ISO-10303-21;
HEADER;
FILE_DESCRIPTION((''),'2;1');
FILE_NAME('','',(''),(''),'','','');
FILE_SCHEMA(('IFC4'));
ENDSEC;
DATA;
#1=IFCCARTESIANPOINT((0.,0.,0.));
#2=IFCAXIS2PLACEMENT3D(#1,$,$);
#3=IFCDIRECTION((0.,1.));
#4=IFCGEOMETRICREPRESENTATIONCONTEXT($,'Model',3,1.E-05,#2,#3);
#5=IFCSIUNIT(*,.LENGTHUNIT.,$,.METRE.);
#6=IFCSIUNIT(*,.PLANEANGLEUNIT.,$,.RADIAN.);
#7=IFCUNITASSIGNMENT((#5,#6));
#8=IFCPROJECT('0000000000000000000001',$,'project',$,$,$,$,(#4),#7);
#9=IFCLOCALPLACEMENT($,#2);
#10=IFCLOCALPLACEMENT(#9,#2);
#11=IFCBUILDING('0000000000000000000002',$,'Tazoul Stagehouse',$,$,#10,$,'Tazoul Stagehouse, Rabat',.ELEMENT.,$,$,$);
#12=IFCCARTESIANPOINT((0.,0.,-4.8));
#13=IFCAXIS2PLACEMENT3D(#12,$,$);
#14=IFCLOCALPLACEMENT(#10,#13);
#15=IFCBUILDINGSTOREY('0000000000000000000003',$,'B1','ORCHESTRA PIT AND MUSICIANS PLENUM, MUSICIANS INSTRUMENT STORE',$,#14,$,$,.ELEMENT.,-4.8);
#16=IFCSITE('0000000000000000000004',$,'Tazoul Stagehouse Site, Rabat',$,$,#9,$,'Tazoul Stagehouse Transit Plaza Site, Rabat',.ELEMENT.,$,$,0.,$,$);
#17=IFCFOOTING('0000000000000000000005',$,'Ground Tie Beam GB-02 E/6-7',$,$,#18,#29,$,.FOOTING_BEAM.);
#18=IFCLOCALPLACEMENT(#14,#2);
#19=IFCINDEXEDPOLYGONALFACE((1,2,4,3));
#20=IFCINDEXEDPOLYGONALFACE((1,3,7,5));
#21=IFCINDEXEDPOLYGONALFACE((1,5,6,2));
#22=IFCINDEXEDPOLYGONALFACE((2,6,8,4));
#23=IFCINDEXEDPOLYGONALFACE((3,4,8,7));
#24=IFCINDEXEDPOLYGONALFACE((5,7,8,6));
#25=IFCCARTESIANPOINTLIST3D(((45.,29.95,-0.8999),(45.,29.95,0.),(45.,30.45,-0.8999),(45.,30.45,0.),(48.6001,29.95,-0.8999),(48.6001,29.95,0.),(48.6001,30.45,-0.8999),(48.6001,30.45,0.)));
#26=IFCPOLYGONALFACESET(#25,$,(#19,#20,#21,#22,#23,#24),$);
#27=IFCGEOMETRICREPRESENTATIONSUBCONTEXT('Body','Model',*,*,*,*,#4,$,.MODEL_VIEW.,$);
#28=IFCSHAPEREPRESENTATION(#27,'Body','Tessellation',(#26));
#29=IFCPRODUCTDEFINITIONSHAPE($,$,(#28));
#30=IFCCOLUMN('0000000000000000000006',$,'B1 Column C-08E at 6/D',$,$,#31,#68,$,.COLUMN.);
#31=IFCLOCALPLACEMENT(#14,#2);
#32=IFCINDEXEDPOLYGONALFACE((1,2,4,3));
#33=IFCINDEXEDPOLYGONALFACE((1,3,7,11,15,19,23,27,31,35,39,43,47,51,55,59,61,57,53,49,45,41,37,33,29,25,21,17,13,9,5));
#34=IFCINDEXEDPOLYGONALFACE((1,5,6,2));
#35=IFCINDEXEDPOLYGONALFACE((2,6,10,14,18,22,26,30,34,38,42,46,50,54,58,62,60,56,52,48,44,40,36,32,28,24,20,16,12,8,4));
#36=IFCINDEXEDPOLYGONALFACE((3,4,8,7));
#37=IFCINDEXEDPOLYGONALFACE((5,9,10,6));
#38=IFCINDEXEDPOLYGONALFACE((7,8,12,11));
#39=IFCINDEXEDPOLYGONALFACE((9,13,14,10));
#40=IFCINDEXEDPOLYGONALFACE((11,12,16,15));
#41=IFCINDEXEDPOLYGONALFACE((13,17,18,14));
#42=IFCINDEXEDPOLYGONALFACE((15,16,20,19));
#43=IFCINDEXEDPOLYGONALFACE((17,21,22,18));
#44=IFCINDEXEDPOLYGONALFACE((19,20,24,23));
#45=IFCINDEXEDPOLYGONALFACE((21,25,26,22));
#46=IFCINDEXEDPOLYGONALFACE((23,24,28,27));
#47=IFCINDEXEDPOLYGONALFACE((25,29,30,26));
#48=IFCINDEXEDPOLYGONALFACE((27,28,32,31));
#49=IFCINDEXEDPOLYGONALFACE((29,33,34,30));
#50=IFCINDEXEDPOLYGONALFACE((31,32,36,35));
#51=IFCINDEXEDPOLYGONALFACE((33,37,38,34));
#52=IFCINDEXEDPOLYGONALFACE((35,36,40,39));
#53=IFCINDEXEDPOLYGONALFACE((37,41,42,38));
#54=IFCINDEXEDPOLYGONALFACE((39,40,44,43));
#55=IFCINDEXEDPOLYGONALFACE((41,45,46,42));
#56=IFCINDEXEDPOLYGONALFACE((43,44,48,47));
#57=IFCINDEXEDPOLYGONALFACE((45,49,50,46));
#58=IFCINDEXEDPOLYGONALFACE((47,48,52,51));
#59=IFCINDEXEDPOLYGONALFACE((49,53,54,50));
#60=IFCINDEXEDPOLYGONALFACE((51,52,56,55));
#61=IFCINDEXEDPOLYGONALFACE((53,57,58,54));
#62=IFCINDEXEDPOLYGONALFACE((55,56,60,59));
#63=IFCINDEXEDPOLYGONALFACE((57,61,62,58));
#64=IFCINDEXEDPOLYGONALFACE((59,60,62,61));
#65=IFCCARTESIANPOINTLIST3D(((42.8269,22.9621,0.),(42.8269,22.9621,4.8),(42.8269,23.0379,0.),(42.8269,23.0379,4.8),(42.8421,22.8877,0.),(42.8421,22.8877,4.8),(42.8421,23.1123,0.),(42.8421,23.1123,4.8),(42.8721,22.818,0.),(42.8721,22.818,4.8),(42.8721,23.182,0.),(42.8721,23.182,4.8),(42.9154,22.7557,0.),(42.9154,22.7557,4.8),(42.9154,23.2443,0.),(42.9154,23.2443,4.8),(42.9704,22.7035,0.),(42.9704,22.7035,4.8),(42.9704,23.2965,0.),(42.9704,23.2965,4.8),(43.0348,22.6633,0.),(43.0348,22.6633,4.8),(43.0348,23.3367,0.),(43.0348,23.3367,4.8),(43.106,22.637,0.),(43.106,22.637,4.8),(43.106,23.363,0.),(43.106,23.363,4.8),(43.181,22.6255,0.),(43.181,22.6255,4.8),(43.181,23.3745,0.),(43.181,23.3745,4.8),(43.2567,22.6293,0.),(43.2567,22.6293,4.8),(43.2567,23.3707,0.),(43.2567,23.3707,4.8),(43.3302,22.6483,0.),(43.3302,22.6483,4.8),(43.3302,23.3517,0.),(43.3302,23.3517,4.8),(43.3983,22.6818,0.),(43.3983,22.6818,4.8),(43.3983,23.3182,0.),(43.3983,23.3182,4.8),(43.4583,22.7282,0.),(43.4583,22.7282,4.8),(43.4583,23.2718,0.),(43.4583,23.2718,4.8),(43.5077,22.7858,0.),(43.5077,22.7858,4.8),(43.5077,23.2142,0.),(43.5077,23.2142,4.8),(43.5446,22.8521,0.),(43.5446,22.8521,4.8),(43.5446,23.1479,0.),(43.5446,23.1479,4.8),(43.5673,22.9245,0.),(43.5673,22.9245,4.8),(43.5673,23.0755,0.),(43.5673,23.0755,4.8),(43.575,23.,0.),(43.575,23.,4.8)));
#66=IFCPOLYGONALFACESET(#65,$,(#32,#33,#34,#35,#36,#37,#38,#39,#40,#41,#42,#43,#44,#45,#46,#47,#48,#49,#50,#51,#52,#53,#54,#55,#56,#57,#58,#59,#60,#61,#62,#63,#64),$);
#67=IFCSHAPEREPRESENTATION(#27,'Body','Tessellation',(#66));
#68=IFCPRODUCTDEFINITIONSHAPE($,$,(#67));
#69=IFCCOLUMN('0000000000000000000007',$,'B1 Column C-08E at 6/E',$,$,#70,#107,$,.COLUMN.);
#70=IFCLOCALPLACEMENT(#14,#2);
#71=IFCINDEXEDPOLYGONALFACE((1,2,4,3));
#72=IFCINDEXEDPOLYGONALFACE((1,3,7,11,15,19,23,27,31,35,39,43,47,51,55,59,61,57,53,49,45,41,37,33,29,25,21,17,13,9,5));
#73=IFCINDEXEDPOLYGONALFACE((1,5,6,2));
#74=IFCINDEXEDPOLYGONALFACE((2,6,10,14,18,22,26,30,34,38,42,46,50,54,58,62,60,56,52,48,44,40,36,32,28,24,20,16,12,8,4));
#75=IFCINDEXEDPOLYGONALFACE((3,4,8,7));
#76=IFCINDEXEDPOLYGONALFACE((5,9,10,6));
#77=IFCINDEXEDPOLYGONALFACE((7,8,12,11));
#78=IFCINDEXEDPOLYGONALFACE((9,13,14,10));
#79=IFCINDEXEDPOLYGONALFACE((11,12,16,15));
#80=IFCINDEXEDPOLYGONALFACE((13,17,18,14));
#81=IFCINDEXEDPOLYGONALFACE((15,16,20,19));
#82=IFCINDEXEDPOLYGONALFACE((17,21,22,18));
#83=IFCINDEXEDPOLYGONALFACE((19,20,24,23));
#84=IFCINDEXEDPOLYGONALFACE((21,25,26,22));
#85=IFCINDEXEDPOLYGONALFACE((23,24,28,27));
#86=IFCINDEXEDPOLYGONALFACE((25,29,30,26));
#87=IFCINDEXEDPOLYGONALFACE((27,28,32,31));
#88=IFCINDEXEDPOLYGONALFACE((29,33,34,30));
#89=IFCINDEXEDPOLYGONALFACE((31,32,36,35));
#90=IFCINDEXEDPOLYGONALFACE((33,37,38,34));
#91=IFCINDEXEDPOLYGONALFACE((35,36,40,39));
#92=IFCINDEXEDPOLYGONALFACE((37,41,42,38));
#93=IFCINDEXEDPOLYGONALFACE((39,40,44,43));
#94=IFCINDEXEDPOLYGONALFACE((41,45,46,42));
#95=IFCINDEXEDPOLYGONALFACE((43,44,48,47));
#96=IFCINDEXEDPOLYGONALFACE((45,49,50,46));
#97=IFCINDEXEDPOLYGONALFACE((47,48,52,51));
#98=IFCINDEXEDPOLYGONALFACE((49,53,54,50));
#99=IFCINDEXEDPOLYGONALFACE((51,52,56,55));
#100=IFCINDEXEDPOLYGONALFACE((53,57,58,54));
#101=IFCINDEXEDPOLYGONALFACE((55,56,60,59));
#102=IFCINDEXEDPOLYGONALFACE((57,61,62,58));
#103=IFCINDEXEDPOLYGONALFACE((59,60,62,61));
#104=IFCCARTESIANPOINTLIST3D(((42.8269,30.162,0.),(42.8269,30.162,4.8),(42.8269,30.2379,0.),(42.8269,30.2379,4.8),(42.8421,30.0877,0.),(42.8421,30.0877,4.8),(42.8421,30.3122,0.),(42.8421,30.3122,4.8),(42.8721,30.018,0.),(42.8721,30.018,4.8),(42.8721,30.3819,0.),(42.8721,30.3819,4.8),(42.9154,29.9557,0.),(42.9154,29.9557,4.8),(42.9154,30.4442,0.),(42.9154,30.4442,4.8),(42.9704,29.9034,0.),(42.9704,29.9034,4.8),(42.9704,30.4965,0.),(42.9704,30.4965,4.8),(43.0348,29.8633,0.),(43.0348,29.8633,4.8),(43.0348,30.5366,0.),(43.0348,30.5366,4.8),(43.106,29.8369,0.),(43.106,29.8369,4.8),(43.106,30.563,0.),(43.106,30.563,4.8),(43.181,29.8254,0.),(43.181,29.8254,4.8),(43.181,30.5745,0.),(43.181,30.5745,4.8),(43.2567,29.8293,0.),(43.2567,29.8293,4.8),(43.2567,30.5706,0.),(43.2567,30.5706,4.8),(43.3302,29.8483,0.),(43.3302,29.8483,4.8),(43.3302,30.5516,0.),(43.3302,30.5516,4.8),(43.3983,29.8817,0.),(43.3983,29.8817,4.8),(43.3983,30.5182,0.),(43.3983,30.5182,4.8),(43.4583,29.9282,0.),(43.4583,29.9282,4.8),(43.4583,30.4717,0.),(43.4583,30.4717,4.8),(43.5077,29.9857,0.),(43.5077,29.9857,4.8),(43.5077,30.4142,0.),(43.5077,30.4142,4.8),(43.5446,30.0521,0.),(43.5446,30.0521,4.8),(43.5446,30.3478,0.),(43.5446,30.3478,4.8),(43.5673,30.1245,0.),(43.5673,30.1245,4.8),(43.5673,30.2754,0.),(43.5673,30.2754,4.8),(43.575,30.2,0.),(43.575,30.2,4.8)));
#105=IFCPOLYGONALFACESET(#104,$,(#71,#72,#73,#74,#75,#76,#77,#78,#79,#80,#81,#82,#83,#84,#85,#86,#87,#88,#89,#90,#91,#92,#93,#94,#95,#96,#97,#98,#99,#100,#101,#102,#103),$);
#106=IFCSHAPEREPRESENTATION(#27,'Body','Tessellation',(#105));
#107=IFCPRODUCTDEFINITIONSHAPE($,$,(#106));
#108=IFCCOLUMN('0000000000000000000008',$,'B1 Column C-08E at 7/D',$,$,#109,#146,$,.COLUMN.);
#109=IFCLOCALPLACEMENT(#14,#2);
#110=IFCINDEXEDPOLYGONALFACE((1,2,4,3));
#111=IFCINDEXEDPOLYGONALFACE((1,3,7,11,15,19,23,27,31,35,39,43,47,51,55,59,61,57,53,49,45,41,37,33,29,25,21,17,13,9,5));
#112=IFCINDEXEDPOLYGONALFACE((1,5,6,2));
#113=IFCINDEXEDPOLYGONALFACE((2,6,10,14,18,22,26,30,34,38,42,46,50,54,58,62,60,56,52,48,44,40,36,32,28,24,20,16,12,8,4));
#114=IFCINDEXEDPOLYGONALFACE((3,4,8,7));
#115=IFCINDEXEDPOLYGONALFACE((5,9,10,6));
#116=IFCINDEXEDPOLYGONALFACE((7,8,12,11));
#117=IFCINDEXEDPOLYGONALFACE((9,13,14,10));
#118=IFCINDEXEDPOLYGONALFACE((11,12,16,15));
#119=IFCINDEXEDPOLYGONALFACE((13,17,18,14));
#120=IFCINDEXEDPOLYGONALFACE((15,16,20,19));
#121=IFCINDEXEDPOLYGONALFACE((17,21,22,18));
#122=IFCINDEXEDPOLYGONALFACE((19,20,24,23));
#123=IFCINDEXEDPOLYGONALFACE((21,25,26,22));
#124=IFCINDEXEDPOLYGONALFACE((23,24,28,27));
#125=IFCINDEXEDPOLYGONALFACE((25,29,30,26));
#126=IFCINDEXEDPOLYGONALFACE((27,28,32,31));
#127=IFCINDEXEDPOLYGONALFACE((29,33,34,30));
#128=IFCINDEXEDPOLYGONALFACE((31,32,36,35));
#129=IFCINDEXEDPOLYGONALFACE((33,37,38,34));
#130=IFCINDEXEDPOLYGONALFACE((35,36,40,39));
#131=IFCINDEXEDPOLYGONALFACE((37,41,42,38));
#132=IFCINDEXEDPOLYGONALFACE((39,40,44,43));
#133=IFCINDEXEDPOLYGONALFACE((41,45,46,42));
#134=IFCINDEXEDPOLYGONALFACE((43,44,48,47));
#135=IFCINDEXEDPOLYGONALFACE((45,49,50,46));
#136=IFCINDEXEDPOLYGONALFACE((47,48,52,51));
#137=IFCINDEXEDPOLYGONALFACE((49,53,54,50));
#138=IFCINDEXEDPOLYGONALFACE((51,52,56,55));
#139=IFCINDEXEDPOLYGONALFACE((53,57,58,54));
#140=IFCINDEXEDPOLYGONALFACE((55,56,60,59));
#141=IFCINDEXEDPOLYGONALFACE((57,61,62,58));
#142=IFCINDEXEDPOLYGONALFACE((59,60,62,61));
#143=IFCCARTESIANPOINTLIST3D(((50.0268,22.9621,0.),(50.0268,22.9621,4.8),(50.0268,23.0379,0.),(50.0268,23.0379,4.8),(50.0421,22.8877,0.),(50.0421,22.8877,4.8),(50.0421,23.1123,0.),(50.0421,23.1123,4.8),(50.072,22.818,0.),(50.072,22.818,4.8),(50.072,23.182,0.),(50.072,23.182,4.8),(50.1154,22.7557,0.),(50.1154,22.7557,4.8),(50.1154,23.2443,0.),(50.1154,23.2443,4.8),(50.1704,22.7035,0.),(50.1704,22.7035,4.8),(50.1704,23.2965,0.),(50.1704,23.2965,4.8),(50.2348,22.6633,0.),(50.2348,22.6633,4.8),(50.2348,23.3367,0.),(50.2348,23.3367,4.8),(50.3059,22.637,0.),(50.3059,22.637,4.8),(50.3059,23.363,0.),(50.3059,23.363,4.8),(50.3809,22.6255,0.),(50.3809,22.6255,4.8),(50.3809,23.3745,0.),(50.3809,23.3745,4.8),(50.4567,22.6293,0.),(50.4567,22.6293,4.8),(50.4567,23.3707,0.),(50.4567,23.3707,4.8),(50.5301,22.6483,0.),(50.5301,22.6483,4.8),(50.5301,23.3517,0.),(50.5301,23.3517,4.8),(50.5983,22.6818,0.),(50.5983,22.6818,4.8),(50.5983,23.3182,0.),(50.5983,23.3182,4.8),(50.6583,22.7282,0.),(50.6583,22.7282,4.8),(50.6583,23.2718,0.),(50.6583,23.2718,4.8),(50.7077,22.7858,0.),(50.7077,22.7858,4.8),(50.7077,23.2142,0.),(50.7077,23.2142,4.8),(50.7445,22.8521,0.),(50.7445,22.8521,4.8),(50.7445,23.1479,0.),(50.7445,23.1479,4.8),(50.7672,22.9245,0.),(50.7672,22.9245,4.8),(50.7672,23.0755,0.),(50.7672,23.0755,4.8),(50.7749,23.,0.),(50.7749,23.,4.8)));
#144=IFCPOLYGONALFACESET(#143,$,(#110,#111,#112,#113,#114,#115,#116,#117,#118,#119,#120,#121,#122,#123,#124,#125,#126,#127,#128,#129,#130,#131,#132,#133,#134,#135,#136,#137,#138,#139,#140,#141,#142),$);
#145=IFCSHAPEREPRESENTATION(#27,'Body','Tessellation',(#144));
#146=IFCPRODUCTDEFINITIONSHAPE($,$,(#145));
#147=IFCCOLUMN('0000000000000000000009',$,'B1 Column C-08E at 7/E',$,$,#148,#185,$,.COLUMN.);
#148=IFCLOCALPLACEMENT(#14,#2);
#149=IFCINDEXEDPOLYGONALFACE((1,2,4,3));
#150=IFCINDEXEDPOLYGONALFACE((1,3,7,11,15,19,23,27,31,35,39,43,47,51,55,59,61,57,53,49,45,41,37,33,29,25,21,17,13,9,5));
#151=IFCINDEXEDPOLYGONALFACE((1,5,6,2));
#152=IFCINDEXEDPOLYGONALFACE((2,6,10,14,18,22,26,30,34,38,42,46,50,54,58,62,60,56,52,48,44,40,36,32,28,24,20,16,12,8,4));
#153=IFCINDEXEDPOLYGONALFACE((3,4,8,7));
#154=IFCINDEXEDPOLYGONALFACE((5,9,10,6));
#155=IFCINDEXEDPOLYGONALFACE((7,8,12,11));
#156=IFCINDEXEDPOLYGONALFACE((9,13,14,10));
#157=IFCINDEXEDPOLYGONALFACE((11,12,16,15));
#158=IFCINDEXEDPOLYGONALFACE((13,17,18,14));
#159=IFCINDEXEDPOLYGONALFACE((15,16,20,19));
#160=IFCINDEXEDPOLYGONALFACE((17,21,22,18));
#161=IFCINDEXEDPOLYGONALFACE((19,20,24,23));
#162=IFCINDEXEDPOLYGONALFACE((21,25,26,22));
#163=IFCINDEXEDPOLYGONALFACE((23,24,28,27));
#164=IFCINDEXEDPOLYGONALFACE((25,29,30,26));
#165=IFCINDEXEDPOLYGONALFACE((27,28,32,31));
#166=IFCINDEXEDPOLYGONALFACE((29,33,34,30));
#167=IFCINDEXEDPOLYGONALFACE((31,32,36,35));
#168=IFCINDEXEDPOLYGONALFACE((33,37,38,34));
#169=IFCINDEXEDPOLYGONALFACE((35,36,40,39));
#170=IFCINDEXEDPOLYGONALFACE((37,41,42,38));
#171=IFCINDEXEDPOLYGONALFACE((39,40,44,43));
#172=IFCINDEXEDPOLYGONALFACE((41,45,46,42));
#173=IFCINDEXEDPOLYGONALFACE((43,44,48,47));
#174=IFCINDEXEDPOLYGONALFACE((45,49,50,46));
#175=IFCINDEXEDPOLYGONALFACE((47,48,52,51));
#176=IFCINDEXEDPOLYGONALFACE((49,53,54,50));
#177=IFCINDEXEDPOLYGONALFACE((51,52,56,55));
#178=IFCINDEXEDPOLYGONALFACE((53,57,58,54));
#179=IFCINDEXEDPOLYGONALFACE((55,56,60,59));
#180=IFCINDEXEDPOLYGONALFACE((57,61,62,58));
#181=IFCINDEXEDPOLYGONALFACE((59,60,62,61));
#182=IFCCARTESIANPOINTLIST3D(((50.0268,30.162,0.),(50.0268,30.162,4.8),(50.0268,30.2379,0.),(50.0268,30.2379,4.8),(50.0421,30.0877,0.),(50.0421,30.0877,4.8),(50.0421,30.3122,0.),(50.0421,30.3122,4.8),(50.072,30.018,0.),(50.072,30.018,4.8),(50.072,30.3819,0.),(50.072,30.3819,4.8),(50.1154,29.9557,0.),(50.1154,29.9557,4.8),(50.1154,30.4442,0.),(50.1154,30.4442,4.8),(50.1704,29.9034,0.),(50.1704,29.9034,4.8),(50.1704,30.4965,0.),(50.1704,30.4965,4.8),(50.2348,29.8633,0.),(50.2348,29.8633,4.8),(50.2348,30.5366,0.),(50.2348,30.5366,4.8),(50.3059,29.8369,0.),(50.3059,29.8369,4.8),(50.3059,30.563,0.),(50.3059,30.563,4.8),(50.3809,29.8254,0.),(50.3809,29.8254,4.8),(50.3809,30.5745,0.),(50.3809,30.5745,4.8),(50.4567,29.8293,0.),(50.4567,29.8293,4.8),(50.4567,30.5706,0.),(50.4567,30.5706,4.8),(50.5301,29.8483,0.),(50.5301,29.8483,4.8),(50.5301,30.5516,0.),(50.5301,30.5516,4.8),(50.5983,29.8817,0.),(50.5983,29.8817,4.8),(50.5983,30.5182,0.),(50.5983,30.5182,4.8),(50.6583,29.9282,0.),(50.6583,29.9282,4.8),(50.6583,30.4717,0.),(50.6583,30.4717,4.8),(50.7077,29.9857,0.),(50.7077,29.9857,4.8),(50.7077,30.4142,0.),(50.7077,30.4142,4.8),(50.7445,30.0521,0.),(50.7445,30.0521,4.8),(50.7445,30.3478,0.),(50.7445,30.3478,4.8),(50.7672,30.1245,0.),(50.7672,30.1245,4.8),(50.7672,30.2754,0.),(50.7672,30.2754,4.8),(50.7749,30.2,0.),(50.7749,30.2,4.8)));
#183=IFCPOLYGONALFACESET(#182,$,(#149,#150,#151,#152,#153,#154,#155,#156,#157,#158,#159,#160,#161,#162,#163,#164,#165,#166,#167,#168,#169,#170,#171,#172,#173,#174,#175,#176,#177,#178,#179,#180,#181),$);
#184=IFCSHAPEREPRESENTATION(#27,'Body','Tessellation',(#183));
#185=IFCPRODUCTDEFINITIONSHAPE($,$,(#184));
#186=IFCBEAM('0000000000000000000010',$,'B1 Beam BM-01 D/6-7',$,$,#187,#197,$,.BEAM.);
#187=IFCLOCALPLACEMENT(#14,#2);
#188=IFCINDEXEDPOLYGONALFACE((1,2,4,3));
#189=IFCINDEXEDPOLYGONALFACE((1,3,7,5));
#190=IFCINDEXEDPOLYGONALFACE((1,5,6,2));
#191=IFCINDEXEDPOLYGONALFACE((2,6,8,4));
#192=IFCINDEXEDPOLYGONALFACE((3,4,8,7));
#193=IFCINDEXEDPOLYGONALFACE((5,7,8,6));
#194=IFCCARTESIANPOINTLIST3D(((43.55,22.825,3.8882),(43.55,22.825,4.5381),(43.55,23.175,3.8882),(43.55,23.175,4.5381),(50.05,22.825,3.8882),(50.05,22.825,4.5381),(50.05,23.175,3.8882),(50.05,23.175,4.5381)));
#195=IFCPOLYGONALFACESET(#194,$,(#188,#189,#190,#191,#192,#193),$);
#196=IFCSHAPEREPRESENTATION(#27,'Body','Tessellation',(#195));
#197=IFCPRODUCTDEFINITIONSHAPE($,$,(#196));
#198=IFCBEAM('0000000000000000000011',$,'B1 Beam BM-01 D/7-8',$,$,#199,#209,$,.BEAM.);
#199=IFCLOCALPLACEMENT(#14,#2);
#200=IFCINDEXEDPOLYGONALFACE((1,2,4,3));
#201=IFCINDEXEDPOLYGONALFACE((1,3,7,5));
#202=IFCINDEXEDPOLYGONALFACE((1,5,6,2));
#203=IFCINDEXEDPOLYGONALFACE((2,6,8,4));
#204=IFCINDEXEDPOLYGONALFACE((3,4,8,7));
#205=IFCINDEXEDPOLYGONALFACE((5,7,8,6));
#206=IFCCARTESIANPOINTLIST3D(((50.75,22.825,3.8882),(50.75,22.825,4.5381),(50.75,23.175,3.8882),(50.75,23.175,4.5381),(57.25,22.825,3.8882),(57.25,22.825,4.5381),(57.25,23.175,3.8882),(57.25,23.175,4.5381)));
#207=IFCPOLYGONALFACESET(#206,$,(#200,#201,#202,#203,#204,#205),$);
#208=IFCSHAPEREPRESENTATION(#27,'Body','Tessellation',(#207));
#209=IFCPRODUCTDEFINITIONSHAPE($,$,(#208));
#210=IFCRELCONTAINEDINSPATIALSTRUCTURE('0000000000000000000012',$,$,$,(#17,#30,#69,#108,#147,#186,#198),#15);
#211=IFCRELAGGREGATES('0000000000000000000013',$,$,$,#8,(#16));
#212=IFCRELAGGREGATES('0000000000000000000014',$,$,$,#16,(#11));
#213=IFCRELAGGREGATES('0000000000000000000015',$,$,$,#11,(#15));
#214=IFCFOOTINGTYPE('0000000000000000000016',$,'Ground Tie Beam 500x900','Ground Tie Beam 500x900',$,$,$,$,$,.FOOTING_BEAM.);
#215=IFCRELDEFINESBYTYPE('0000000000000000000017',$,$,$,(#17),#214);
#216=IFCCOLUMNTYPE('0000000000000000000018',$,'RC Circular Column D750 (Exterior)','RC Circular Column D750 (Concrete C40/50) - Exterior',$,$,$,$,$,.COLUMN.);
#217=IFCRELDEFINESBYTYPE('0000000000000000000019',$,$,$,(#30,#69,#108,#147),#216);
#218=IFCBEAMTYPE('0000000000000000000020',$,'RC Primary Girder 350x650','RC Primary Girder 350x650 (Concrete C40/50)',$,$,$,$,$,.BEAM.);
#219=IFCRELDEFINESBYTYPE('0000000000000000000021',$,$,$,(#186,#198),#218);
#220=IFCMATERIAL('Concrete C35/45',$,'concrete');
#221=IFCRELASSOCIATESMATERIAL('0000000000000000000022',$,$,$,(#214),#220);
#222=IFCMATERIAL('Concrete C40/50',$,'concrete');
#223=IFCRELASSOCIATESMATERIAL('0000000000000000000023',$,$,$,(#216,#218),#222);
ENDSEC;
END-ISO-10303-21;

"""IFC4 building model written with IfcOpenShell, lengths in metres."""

from ifc_helpers import new_model, si_unit, direction, frame, origin, origin_2d, place, context, subcontext, project, spatial, rectangle, circle, extrude, material, material_profile, profile_set, type_object, element, save


model = new_model("IFC4")

# Units and contexts
model_context = context("Model", 3, precision=1e-05, world=origin(), true_north=direction((0.0, 1.0)))
body_context = subcontext(model_context, "Body", "Model", "MODEL_VIEW")
ifc_project = project(units=[si_unit("LENGTHUNIT", "METRE"), si_unit("PLANEANGLEUNIT", "RADIAN")], contexts=[model_context])

# Site, building, storey
site_placement = place(None, origin())
site = spatial("IfcSite", under=ifc_project, at=site_placement, Name="Tazoul Stagehouse Site, Rabat", LongName="Tazoul Stagehouse Transit Plaza Site, Rabat", CompositionType="ELEMENT", RefElevation=0.0)
building_placement = place(site_placement, origin())
building = spatial("IfcBuilding", under=site, at=building_placement, Name="Tazoul Stagehouse", LongName="Tazoul Stagehouse, Rabat", CompositionType="ELEMENT")
storey_placement = place(building_placement, frame((0.0, 0.0, -4.8)))
storey = spatial("IfcBuildingStorey", under=building, at=storey_placement, Name="B1", Description="ORCHESTRA PIT AND MUSICIANS PLENUM, MUSICIANS INSTRUMENT STORE", CompositionType="ELEMENT", Elevation=-4.8)

# Shared definitions
ifc_material_1 = material(Name="Concrete C35/45", Category="concrete")

# Footing
ifc_material_profile_1 = material_profile(ifc_material_1, rectangle(XDim=0.5, YDim=0.8999, at=origin_2d()), Name="RC 500x900")
ifc_profile_set_1 = profile_set([ifc_material_profile_1], Name="Concrete C35/45")
footing_type_1 = type_object("IfcFootingType", Name="Ground Tie Beam 500x900", Description="Ground Tie Beam 500x900", PredefinedType="FOOTING_BEAM", material=ifc_profile_set_1)
footing_1_placement = place(storey_placement, frame((45.0, 30.2, -0.45), z_axis=(1.0, 0.0, 0.0), x_axis=(0.0, 1.0, 0.0)))
element("IfcFooting", 1, at=footing_1_placement, inside=storey, type_object=footing_type_1, Name="Ground Tie Beam GB-02 E/6-7", PredefinedType="FOOTING_BEAM", context=body_context, shape_type="SweptSolid", body=[
    extrude(rectangle(XDim=0.5, YDim=0.8999, at=origin_2d()), origin(), (0.0, 0.0, 1.0), 3.6001),
])

# Columns
ifc_material_2 = material(Name="Concrete C40/50", Category="concrete")
ifc_material_profile_2 = material_profile(ifc_material_2, circle(Radius=0.375, at=origin_2d()), Name="RC D750")
ifc_profile_set_2 = profile_set([ifc_material_profile_2], Name="Concrete C40/50")
column_type = type_object("IfcColumnType", Name="RC Circular Column D750 (Exterior)", Description="RC Circular Column D750 (Concrete C40/50) - Exterior", PredefinedType="COLUMN", material=ifc_profile_set_2)
for number, where, z_axis, x_axis, name in (
    (2, (43.2, 23.0, 0.0), (0.0, 0.0, 1.0), (1.0, 0.0, 0.0), "B1 Column C-08E at 6/D"),
    (3, (43.2, 30.2, 0.0), (0.0, 0.0, 1.0), (1.0, 0.0, 0.0), "B1 Column C-08E at 6/E"),
    (4, (50.3999, 23.0, 0.0), (0.0, 0.0, 1.0), (1.0, 0.0, 0.0), "B1 Column C-08E at 7/D"),
    (5, (50.3999, 30.2, 0.0), (0.0, 0.0, 1.0), (1.0, 0.0, 0.0), "B1 Column C-08E at 7/E"),
):
    element("IfcColumn", number, at=place(storey_placement, frame(where, z_axis=z_axis, x_axis=x_axis)), inside=storey, type_object=column_type, Name=name, PredefinedType="COLUMN", context=body_context, shape_type="SweptSolid", body=[
        extrude(circle(Radius=0.375, at=origin_2d()), origin(), (0.0, 0.0, 1.0), 4.8),
    ])

# Beams
ifc_material_profile_3 = material_profile(ifc_material_2, rectangle(XDim=0.3501, YDim=0.6499, at=origin_2d()), Name="RC 350x650")
ifc_profile_set_3 = profile_set([ifc_material_profile_3], Name="Concrete C40/50")
beam_type_1 = type_object("IfcBeamType", Name="RC Primary Girder 350x650", Description="RC Primary Girder 350x650 (Concrete C40/50)", PredefinedType="BEAM", material=ifc_profile_set_3)
for number, where, z_axis, x_axis, name in (
    (6, (43.55, 23.0, 4.2131), (1.0, 0.0, 0.0), (0.0, 1.0, 0.0), "B1 Beam BM-01 D/6-7"),
    (7, (50.75, 23.0, 4.2131), (1.0, 0.0, 0.0), (0.0, 1.0, 0.0), "B1 Beam BM-01 D/7-8"),
):
    element("IfcBeam", number, at=place(storey_placement, frame(where, z_axis=z_axis, x_axis=x_axis)), inside=storey, type_object=beam_type_1, Name=name, PredefinedType="BEAM", context=body_context, shape_type="SweptSolid", body=[
        extrude(rectangle(XDim=0.3501, YDim=0.6499, at=origin_2d()), origin(), (0.0, 0.0, 1.0), 6.5),
    ])

save(model, "model.ifc")
